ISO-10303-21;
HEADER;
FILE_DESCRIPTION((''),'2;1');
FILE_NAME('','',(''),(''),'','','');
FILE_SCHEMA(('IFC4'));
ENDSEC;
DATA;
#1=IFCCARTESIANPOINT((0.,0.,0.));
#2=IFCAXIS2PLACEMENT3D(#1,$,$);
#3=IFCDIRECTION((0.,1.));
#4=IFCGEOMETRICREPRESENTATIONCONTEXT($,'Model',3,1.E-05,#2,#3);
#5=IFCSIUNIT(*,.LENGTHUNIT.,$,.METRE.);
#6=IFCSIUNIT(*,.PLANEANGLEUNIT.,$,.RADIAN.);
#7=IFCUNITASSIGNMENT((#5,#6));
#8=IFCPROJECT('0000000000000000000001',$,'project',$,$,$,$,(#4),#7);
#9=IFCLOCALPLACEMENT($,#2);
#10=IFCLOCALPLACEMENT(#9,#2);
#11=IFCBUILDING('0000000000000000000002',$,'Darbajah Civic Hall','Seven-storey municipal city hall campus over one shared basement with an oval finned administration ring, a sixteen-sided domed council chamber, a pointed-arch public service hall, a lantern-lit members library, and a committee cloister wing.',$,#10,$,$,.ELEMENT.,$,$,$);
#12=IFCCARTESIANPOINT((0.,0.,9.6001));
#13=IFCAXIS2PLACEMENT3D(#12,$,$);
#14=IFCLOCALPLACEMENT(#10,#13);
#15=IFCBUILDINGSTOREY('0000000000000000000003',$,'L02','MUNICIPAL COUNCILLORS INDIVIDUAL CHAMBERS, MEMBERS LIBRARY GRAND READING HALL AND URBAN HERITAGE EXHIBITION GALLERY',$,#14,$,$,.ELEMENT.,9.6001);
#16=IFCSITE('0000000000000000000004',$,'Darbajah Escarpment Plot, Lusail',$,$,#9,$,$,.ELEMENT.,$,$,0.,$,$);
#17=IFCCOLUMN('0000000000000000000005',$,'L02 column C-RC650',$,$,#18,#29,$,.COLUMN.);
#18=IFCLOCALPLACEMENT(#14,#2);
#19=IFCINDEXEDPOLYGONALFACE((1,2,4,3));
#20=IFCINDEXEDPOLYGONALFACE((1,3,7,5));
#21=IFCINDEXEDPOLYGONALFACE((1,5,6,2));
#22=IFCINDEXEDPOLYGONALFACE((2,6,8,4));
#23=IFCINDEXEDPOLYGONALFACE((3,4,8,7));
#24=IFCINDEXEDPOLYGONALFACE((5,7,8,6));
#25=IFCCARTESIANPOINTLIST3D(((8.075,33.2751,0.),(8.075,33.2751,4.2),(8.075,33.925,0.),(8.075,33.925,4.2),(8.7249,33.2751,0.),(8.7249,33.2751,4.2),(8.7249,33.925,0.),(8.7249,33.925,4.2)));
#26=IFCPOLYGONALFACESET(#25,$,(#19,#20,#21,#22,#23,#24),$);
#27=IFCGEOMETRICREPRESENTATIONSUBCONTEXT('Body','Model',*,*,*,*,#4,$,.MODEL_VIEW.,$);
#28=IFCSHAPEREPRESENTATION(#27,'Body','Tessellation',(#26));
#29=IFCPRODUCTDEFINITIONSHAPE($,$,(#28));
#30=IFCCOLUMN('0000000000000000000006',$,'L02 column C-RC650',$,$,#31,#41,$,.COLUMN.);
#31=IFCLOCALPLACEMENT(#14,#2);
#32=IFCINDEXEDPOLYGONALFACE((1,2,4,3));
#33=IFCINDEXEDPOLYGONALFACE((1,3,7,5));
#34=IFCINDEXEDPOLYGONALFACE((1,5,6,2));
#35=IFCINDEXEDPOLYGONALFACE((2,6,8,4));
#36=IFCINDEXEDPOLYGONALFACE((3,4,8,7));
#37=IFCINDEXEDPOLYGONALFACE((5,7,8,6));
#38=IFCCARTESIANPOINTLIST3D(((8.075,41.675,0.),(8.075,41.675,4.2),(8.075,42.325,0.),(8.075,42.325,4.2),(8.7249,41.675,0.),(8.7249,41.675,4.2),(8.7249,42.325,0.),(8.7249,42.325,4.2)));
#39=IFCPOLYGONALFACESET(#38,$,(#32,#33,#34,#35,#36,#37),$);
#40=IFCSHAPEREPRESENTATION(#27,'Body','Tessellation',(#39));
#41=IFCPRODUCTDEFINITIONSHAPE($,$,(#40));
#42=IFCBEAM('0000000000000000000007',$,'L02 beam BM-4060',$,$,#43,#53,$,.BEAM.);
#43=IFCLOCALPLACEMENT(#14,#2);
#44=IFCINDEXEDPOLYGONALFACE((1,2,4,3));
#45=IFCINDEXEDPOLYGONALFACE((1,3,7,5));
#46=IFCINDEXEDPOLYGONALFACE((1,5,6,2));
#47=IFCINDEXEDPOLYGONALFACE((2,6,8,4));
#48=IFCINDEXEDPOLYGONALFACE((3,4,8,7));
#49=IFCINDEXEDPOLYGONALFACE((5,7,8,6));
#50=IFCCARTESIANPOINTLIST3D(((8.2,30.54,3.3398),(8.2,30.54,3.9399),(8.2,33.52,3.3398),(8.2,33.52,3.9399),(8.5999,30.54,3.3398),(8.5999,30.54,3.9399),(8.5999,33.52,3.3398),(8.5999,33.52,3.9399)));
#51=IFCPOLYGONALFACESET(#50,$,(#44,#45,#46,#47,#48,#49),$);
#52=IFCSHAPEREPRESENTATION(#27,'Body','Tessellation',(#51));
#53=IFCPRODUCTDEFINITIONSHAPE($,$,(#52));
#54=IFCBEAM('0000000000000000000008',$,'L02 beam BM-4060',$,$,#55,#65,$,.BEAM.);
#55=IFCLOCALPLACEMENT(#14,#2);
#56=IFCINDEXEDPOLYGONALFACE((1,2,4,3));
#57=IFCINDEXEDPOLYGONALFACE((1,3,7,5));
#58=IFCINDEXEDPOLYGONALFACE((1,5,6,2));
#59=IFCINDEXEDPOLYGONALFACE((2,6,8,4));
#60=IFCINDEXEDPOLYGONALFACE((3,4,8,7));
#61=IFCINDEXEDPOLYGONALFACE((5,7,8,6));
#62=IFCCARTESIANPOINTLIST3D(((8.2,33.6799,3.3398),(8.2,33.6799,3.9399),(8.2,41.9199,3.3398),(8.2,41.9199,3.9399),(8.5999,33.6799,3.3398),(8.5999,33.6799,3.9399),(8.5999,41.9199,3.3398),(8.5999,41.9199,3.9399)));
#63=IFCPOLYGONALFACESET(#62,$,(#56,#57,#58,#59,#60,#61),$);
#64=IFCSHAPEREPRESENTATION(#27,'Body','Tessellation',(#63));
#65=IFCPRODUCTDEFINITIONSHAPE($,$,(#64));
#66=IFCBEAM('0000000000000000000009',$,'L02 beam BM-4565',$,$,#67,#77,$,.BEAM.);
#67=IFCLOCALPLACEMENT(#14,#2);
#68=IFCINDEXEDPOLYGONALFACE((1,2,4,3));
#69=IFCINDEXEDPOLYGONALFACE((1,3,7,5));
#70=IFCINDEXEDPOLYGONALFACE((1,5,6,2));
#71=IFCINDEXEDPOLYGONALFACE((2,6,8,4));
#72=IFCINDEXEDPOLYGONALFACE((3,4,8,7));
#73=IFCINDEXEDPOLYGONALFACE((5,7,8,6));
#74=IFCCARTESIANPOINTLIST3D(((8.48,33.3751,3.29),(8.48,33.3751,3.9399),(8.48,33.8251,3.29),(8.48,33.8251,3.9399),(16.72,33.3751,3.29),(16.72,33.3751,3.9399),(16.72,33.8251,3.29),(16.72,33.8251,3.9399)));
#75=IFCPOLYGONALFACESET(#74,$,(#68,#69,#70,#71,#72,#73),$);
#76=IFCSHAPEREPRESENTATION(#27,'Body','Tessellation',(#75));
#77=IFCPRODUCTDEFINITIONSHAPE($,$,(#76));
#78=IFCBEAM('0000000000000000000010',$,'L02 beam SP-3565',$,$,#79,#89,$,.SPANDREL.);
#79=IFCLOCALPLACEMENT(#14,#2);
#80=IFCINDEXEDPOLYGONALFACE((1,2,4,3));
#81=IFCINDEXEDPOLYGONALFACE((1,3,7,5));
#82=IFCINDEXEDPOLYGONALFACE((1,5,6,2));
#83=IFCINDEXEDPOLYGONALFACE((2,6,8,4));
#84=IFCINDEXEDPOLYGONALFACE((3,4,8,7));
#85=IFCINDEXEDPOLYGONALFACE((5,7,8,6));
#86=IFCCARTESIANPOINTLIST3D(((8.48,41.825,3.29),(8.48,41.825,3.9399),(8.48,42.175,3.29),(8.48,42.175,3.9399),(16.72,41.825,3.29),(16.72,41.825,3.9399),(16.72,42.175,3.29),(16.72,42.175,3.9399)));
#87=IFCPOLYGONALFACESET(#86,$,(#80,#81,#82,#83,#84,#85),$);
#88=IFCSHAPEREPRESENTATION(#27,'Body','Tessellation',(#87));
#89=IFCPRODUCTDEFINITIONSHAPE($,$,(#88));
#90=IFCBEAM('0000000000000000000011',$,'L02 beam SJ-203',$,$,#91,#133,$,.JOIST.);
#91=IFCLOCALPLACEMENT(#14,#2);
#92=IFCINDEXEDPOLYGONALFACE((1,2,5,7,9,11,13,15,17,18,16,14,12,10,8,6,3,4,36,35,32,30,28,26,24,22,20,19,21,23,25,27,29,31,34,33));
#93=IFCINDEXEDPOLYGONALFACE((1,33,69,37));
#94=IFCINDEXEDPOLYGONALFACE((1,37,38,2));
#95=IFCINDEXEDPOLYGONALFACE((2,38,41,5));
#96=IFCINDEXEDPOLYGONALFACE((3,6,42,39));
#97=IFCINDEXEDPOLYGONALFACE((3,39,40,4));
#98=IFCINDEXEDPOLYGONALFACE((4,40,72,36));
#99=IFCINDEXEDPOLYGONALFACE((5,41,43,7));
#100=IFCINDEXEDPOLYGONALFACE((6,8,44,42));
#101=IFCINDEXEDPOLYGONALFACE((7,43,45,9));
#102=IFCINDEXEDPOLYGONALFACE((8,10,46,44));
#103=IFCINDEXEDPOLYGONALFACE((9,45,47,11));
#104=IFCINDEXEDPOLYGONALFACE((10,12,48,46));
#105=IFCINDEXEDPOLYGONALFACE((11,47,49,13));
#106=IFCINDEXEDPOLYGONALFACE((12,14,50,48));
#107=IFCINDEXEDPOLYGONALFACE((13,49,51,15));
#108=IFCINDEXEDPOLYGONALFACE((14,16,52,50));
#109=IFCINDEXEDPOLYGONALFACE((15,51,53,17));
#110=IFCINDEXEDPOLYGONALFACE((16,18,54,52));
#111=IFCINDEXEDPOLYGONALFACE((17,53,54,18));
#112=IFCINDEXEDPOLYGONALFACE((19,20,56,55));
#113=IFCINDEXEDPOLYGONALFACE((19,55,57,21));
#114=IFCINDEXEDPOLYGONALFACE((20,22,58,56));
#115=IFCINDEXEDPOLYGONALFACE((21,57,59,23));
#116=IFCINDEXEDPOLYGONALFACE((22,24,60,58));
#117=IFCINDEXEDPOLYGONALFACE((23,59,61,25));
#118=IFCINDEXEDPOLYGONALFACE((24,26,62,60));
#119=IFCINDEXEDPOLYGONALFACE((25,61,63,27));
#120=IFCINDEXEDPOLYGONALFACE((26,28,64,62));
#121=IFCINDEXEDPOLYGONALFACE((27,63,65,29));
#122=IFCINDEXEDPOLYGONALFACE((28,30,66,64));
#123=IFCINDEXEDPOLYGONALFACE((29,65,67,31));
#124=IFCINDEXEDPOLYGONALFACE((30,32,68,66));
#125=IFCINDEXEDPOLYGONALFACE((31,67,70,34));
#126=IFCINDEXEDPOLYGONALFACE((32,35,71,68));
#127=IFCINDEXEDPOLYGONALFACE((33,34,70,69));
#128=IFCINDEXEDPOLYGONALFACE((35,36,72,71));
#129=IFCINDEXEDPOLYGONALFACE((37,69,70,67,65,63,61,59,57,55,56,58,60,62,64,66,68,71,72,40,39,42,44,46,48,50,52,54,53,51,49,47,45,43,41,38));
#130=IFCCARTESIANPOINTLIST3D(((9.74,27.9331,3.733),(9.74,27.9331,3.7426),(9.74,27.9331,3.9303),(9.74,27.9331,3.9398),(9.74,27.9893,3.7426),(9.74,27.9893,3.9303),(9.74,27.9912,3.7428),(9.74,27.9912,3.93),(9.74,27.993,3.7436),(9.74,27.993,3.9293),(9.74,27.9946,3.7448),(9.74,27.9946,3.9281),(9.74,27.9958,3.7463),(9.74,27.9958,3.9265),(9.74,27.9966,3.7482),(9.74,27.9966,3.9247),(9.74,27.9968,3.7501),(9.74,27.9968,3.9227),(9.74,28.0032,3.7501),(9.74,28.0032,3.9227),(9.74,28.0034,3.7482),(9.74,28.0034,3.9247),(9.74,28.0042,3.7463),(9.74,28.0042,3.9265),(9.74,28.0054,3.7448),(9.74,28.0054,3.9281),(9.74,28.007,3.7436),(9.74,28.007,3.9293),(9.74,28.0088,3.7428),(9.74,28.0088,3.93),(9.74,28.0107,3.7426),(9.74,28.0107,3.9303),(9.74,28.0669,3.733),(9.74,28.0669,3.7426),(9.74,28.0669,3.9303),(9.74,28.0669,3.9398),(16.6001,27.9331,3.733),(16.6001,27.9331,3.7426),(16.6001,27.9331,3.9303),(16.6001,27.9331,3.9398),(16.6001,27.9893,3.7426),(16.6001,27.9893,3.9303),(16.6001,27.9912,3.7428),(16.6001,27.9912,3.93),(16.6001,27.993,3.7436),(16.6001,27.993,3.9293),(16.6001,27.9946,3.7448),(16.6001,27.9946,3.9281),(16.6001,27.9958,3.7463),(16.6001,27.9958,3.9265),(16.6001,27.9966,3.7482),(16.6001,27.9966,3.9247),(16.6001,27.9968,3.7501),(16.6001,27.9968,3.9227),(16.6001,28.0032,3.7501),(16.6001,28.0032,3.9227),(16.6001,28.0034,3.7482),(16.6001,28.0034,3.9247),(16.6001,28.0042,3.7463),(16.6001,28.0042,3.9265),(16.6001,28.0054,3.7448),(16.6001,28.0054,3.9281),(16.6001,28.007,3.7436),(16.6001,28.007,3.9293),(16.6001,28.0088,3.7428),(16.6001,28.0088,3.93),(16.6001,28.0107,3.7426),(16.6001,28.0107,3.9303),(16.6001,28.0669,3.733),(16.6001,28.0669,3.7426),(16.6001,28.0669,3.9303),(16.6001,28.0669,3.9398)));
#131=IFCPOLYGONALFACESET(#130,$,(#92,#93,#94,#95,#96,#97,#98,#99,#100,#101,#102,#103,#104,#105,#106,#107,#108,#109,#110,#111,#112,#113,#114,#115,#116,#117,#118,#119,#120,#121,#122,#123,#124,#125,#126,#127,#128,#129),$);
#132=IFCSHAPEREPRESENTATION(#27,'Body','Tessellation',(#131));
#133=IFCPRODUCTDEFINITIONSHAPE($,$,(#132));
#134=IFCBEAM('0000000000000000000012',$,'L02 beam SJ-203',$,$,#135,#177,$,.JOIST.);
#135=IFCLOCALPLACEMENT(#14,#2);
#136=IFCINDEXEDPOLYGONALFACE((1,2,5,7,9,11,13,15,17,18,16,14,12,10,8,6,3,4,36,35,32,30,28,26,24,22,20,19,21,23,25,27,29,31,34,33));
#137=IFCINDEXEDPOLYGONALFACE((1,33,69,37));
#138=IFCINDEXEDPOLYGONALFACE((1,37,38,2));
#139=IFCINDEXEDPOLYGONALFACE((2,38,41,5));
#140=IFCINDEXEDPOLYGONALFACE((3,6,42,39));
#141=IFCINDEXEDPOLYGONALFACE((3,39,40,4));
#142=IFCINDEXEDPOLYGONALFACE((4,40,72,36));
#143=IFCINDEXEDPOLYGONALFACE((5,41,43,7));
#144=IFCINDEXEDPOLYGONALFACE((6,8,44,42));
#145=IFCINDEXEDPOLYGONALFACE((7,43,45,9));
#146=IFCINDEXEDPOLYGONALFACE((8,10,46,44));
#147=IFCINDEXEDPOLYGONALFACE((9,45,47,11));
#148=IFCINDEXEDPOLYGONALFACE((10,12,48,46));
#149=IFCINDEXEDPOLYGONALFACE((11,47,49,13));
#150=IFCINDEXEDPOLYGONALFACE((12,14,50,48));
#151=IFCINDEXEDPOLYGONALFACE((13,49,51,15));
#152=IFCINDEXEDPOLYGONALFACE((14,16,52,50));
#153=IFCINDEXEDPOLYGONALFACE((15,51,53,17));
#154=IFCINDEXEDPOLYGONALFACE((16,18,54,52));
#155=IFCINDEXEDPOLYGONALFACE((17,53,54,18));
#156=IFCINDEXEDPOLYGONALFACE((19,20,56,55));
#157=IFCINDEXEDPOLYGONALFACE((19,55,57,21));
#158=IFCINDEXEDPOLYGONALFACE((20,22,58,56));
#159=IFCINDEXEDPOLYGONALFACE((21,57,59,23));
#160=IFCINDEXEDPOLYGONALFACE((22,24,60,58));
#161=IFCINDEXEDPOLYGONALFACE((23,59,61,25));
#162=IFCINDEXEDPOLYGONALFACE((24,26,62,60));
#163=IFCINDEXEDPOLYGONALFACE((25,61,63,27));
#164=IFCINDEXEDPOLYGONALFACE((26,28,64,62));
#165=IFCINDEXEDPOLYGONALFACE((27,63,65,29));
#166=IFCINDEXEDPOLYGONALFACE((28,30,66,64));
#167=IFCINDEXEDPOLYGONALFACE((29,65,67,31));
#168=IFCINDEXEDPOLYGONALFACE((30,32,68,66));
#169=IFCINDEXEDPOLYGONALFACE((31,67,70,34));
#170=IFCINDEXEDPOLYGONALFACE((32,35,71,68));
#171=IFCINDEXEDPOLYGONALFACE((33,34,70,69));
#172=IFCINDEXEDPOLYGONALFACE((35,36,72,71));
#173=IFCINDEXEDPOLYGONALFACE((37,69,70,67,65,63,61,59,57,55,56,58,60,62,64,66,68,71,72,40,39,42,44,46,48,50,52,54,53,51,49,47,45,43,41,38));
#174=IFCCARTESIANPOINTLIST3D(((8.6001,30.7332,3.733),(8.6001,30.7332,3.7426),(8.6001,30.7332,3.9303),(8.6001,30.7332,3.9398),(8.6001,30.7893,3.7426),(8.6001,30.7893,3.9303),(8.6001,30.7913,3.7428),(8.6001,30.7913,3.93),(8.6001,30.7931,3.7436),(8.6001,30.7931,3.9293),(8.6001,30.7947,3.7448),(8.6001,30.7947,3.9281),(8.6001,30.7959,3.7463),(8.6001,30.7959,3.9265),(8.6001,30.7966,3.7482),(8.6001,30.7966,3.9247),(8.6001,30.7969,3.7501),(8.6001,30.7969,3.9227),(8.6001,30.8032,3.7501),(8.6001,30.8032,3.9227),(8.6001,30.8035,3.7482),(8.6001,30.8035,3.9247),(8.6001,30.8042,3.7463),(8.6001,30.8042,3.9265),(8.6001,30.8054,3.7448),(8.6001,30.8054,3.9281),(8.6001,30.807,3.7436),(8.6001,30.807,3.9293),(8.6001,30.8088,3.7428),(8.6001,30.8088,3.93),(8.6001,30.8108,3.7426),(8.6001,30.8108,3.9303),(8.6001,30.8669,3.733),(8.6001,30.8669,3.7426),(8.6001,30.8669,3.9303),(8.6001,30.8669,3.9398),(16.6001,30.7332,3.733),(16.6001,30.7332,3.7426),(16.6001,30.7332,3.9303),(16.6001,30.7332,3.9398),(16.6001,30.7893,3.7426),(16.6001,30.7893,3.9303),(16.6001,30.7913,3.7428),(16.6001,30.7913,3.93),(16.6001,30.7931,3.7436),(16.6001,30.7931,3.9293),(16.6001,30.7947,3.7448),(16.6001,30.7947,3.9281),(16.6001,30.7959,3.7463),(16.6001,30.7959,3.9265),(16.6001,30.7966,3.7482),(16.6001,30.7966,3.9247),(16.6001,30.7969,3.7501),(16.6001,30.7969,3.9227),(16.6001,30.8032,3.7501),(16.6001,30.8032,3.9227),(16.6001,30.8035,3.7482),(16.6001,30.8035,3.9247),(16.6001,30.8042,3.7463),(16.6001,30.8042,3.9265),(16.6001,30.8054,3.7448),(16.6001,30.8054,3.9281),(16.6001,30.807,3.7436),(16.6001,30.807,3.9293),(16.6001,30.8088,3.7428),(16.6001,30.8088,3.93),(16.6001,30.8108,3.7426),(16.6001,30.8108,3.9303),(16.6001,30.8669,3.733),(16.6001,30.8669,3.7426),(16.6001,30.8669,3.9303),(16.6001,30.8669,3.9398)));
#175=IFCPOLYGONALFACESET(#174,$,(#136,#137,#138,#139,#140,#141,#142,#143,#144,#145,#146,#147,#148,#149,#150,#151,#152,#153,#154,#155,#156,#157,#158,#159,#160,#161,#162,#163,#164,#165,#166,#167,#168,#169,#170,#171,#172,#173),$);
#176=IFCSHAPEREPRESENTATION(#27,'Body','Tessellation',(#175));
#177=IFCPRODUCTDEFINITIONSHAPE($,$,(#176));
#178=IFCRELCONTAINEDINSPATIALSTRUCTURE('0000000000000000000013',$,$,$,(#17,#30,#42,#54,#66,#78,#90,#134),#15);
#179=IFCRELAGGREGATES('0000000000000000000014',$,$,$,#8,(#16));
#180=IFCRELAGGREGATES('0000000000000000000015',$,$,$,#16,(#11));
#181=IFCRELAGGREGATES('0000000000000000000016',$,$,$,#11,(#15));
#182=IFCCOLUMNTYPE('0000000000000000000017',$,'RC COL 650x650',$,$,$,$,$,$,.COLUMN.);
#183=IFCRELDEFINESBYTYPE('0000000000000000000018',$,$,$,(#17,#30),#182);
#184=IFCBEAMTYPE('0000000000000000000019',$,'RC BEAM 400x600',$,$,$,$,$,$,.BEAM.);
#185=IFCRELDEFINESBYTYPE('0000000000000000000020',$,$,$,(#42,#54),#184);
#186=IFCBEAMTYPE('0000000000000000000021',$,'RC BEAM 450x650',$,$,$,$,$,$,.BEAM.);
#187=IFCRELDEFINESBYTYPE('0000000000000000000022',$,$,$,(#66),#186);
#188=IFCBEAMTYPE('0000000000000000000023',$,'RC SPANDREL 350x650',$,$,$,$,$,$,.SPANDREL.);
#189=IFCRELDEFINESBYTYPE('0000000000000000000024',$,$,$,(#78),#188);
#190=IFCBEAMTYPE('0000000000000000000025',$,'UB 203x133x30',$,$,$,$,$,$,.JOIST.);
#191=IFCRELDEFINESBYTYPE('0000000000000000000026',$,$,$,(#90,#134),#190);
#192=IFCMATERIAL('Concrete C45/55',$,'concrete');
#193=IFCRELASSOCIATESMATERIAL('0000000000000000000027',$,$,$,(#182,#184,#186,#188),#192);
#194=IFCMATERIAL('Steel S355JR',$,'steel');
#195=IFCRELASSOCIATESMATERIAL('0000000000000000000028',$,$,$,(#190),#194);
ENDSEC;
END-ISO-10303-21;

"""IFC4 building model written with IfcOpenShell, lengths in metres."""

from ifc_helpers import new_model, si_unit, direction, frame, origin, origin_2d, place, context, subcontext, project, spatial, rectangle, i_section, extrude, material, material_profile, profile_set, type_object, element, save


model = new_model("IFC4")

# Units and contexts
model_context = context("Model", 3, precision=1e-05, world=origin(), true_north=direction((0.0, 1.0)))
body_context = subcontext(model_context, "Body", "Model", "MODEL_VIEW")
ifc_project = project(units=[si_unit("LENGTHUNIT", "METRE"), si_unit("PLANEANGLEUNIT", "RADIAN")], contexts=[model_context])

# Site, building, storey
site_placement = place(None, origin())
site = spatial("IfcSite", under=ifc_project, at=site_placement, Name="Darbajah Escarpment Plot, Lusail", CompositionType="ELEMENT", RefElevation=0.0)
building_placement = place(site_placement, origin())
building = spatial("IfcBuilding", under=site, at=building_placement, Name="Darbajah Civic Hall", Description="Seven-storey municipal city hall campus over one shared basement with an oval finned administration ring, a sixteen-sided domed council chamber, a pointed-arch public service hall, a lantern-lit members library, and a committee cloister wing.", CompositionType="ELEMENT")
storey_placement = place(building_placement, frame((0.0, 0.0, 9.6001)))
storey = spatial("IfcBuildingStorey", under=building, at=storey_placement, Name="L02", Description="MUNICIPAL COUNCILLORS INDIVIDUAL CHAMBERS, MEMBERS LIBRARY GRAND READING HALL AND URBAN HERITAGE EXHIBITION GALLERY", CompositionType="ELEMENT", Elevation=9.6001)

# Columns
ifc_material_1 = material(Name="Concrete C45/55", Category="concrete")
ifc_material_profile_1 = material_profile(ifc_material_1, rectangle(XDim=0.6499, YDim=0.6499, at=origin_2d()), Name="RC COL 650x650")
ifc_profile_set_1 = profile_set([ifc_material_profile_1], Name="Concrete C45/55")
column_type = type_object("IfcColumnType", Name="RC COL 650x650", PredefinedType="COLUMN", material=ifc_profile_set_1)
for number, where, z_axis, x_axis, name in (
    (1, (8.3999, 33.6001, 0.0), (0.0, 0.0, 1.0), (1.0, 0.0, 0.0), "L02 column C-RC650"),
    (2, (8.3999, 42.0, 0.0), (0.0, 0.0, 1.0), (1.0, 0.0, 0.0), "L02 column C-RC650"),
):
    element("IfcColumn", number, at=place(storey_placement, frame(where, z_axis=z_axis, x_axis=x_axis)), inside=storey, type_object=column_type, Name=name, PredefinedType="COLUMN", context=body_context, shape_type="SweptSolid", body=[
        extrude(rectangle(XDim=0.6499, YDim=0.6499, at=origin_2d()), origin(), (0.0, 0.0, 1.0), 4.2),
    ])

# Beams
ifc_material_profile_2 = material_profile(ifc_material_1, rectangle(XDim=0.3999, YDim=0.6001, at=origin_2d()), Name="RC BEAM 400x600")
ifc_profile_set_2 = profile_set([ifc_material_profile_2], Name="Concrete C45/55")
beam_type_1 = type_object("IfcBeamType", Name="RC BEAM 400x600", PredefinedType="BEAM", material=ifc_profile_set_2)
beam_1_placement = place(storey_placement, frame((8.3999, 30.54, 3.6399), z_axis=(0.0, 1.0, 0.0), x_axis=(-1.0, 0.0, 0.0)))
element("IfcBeam", 3, at=beam_1_placement, inside=storey, type_object=beam_type_1, Name="L02 beam BM-4060", PredefinedType="BEAM", context=body_context, shape_type="SweptSolid", body=[
    extrude(rectangle(XDim=0.3999, YDim=0.6001, at=origin_2d()), origin(), (0.0, 0.0, 1.0), 2.98),
])
beam_2_placement = place(storey_placement, frame((8.3999, 33.6799, 3.6399), z_axis=(0.0, 1.0, 0.0), x_axis=(-1.0, 0.0, 0.0)))
element("IfcBeam", 4, at=beam_2_placement, inside=storey, type_object=beam_type_1, Name="L02 beam BM-4060", PredefinedType="BEAM", context=body_context, shape_type="SweptSolid", body=[
    extrude(rectangle(XDim=0.3999, YDim=0.6001, at=origin_2d()), origin(), (0.0, 0.0, 1.0), 8.24),
])
ifc_material_profile_3 = material_profile(ifc_material_1, rectangle(XDim=0.45, YDim=0.6499, at=origin_2d()), Name="RC BEAM 450x650")
ifc_profile_set_3 = profile_set([ifc_material_profile_3], Name="Concrete C45/55")
beam_type_2 = type_object("IfcBeamType", Name="RC BEAM 450x650", PredefinedType="BEAM", material=ifc_profile_set_3)
beam_3_placement = place(storey_placement, frame((8.48, 33.6001, 3.615), z_axis=(1.0, 0.0, 0.0), x_axis=(0.0, 1.0, 0.0)))
element("IfcBeam", 5, at=beam_3_placement, inside=storey, type_object=beam_type_2, Name="L02 beam BM-4565", PredefinedType="BEAM", context=body_context, shape_type="SweptSolid", body=[
    extrude(rectangle(XDim=0.45, YDim=0.6499, at=origin_2d()), origin(), (0.0, 0.0, 1.0), 8.24),
])
ifc_material_profile_4 = material_profile(ifc_material_1, rectangle(XDim=0.3501, YDim=0.6499, at=origin_2d()), Name="RC SPANDREL 350x650")
ifc_profile_set_4 = profile_set([ifc_material_profile_4], Name="Concrete C45/55")
beam_type_3 = type_object("IfcBeamType", Name="RC SPANDREL 350x650", PredefinedType="SPANDREL", material=ifc_profile_set_4)
beam_4_placement = place(storey_placement, frame((8.48, 42.0, 3.615), z_axis=(1.0, 0.0, 0.0), x_axis=(0.0, 1.0, 0.0)))
element("IfcBeam", 6, at=beam_4_placement, inside=storey, type_object=beam_type_3, Name="L02 beam SP-3565", PredefinedType="SPANDREL", context=body_context, shape_type="SweptSolid", body=[
    extrude(rectangle(XDim=0.3501, YDim=0.6499, at=origin_2d()), origin(), (0.0, 0.0, 1.0), 8.24),
])
ifc_material_2 = material(Name="Steel S355JR", Category="steel")
ifc_material_profile_5 = material_profile(ifc_material_2, i_section(OverallWidth=0.1338, OverallDepth=0.2068, WebThickness=0.0063, FlangeThickness=0.0095, FilletRadius=0.0076, at=origin_2d()), Name="UB 203x133x30")
ifc_profile_set_5 = profile_set([ifc_material_profile_5], Name="Steel S355JR")
beam_type_4 = type_object("IfcBeamType", Name="UB 203x133x30", PredefinedType="JOIST", material=ifc_profile_set_5)
beam_5_placement = place(storey_placement, frame((9.74, 28.0, 3.8364), z_axis=(1.0, 0.0, 0.0), x_axis=(0.0, 1.0, 0.0)))
element("IfcBeam", 7, at=beam_5_placement, inside=storey, type_object=beam_type_4, Name="L02 beam SJ-203", PredefinedType="JOIST", context=body_context, shape_type="SweptSolid", body=[
    extrude(i_section(OverallWidth=0.1338, OverallDepth=0.2068, WebThickness=0.0063, FlangeThickness=0.0095, FilletRadius=0.0076, at=origin_2d()), origin(), (0.0, 0.0, 1.0), 6.8601),
])
for number, where, z_axis, x_axis, name in (
    (8, (8.6001, 30.8, 3.8364), (1.0, 0.0, 0.0), (0.0, 1.0, 0.0), "L02 beam SJ-203"),
):
    element("IfcBeam", number, at=place(storey_placement, frame(where, z_axis=z_axis, x_axis=x_axis)), inside=storey, type_object=beam_type_4, Name=name, PredefinedType="JOIST", context=body_context, shape_type="SweptSolid", body=[
        extrude(i_section(OverallWidth=0.1338, OverallDepth=0.2068, WebThickness=0.0063, FlangeThickness=0.0095, FilletRadius=0.0076, at=origin_2d()), origin(), (0.0, 0.0, 1.0), 8.0),
    ])

save(model, "model.ifc")
